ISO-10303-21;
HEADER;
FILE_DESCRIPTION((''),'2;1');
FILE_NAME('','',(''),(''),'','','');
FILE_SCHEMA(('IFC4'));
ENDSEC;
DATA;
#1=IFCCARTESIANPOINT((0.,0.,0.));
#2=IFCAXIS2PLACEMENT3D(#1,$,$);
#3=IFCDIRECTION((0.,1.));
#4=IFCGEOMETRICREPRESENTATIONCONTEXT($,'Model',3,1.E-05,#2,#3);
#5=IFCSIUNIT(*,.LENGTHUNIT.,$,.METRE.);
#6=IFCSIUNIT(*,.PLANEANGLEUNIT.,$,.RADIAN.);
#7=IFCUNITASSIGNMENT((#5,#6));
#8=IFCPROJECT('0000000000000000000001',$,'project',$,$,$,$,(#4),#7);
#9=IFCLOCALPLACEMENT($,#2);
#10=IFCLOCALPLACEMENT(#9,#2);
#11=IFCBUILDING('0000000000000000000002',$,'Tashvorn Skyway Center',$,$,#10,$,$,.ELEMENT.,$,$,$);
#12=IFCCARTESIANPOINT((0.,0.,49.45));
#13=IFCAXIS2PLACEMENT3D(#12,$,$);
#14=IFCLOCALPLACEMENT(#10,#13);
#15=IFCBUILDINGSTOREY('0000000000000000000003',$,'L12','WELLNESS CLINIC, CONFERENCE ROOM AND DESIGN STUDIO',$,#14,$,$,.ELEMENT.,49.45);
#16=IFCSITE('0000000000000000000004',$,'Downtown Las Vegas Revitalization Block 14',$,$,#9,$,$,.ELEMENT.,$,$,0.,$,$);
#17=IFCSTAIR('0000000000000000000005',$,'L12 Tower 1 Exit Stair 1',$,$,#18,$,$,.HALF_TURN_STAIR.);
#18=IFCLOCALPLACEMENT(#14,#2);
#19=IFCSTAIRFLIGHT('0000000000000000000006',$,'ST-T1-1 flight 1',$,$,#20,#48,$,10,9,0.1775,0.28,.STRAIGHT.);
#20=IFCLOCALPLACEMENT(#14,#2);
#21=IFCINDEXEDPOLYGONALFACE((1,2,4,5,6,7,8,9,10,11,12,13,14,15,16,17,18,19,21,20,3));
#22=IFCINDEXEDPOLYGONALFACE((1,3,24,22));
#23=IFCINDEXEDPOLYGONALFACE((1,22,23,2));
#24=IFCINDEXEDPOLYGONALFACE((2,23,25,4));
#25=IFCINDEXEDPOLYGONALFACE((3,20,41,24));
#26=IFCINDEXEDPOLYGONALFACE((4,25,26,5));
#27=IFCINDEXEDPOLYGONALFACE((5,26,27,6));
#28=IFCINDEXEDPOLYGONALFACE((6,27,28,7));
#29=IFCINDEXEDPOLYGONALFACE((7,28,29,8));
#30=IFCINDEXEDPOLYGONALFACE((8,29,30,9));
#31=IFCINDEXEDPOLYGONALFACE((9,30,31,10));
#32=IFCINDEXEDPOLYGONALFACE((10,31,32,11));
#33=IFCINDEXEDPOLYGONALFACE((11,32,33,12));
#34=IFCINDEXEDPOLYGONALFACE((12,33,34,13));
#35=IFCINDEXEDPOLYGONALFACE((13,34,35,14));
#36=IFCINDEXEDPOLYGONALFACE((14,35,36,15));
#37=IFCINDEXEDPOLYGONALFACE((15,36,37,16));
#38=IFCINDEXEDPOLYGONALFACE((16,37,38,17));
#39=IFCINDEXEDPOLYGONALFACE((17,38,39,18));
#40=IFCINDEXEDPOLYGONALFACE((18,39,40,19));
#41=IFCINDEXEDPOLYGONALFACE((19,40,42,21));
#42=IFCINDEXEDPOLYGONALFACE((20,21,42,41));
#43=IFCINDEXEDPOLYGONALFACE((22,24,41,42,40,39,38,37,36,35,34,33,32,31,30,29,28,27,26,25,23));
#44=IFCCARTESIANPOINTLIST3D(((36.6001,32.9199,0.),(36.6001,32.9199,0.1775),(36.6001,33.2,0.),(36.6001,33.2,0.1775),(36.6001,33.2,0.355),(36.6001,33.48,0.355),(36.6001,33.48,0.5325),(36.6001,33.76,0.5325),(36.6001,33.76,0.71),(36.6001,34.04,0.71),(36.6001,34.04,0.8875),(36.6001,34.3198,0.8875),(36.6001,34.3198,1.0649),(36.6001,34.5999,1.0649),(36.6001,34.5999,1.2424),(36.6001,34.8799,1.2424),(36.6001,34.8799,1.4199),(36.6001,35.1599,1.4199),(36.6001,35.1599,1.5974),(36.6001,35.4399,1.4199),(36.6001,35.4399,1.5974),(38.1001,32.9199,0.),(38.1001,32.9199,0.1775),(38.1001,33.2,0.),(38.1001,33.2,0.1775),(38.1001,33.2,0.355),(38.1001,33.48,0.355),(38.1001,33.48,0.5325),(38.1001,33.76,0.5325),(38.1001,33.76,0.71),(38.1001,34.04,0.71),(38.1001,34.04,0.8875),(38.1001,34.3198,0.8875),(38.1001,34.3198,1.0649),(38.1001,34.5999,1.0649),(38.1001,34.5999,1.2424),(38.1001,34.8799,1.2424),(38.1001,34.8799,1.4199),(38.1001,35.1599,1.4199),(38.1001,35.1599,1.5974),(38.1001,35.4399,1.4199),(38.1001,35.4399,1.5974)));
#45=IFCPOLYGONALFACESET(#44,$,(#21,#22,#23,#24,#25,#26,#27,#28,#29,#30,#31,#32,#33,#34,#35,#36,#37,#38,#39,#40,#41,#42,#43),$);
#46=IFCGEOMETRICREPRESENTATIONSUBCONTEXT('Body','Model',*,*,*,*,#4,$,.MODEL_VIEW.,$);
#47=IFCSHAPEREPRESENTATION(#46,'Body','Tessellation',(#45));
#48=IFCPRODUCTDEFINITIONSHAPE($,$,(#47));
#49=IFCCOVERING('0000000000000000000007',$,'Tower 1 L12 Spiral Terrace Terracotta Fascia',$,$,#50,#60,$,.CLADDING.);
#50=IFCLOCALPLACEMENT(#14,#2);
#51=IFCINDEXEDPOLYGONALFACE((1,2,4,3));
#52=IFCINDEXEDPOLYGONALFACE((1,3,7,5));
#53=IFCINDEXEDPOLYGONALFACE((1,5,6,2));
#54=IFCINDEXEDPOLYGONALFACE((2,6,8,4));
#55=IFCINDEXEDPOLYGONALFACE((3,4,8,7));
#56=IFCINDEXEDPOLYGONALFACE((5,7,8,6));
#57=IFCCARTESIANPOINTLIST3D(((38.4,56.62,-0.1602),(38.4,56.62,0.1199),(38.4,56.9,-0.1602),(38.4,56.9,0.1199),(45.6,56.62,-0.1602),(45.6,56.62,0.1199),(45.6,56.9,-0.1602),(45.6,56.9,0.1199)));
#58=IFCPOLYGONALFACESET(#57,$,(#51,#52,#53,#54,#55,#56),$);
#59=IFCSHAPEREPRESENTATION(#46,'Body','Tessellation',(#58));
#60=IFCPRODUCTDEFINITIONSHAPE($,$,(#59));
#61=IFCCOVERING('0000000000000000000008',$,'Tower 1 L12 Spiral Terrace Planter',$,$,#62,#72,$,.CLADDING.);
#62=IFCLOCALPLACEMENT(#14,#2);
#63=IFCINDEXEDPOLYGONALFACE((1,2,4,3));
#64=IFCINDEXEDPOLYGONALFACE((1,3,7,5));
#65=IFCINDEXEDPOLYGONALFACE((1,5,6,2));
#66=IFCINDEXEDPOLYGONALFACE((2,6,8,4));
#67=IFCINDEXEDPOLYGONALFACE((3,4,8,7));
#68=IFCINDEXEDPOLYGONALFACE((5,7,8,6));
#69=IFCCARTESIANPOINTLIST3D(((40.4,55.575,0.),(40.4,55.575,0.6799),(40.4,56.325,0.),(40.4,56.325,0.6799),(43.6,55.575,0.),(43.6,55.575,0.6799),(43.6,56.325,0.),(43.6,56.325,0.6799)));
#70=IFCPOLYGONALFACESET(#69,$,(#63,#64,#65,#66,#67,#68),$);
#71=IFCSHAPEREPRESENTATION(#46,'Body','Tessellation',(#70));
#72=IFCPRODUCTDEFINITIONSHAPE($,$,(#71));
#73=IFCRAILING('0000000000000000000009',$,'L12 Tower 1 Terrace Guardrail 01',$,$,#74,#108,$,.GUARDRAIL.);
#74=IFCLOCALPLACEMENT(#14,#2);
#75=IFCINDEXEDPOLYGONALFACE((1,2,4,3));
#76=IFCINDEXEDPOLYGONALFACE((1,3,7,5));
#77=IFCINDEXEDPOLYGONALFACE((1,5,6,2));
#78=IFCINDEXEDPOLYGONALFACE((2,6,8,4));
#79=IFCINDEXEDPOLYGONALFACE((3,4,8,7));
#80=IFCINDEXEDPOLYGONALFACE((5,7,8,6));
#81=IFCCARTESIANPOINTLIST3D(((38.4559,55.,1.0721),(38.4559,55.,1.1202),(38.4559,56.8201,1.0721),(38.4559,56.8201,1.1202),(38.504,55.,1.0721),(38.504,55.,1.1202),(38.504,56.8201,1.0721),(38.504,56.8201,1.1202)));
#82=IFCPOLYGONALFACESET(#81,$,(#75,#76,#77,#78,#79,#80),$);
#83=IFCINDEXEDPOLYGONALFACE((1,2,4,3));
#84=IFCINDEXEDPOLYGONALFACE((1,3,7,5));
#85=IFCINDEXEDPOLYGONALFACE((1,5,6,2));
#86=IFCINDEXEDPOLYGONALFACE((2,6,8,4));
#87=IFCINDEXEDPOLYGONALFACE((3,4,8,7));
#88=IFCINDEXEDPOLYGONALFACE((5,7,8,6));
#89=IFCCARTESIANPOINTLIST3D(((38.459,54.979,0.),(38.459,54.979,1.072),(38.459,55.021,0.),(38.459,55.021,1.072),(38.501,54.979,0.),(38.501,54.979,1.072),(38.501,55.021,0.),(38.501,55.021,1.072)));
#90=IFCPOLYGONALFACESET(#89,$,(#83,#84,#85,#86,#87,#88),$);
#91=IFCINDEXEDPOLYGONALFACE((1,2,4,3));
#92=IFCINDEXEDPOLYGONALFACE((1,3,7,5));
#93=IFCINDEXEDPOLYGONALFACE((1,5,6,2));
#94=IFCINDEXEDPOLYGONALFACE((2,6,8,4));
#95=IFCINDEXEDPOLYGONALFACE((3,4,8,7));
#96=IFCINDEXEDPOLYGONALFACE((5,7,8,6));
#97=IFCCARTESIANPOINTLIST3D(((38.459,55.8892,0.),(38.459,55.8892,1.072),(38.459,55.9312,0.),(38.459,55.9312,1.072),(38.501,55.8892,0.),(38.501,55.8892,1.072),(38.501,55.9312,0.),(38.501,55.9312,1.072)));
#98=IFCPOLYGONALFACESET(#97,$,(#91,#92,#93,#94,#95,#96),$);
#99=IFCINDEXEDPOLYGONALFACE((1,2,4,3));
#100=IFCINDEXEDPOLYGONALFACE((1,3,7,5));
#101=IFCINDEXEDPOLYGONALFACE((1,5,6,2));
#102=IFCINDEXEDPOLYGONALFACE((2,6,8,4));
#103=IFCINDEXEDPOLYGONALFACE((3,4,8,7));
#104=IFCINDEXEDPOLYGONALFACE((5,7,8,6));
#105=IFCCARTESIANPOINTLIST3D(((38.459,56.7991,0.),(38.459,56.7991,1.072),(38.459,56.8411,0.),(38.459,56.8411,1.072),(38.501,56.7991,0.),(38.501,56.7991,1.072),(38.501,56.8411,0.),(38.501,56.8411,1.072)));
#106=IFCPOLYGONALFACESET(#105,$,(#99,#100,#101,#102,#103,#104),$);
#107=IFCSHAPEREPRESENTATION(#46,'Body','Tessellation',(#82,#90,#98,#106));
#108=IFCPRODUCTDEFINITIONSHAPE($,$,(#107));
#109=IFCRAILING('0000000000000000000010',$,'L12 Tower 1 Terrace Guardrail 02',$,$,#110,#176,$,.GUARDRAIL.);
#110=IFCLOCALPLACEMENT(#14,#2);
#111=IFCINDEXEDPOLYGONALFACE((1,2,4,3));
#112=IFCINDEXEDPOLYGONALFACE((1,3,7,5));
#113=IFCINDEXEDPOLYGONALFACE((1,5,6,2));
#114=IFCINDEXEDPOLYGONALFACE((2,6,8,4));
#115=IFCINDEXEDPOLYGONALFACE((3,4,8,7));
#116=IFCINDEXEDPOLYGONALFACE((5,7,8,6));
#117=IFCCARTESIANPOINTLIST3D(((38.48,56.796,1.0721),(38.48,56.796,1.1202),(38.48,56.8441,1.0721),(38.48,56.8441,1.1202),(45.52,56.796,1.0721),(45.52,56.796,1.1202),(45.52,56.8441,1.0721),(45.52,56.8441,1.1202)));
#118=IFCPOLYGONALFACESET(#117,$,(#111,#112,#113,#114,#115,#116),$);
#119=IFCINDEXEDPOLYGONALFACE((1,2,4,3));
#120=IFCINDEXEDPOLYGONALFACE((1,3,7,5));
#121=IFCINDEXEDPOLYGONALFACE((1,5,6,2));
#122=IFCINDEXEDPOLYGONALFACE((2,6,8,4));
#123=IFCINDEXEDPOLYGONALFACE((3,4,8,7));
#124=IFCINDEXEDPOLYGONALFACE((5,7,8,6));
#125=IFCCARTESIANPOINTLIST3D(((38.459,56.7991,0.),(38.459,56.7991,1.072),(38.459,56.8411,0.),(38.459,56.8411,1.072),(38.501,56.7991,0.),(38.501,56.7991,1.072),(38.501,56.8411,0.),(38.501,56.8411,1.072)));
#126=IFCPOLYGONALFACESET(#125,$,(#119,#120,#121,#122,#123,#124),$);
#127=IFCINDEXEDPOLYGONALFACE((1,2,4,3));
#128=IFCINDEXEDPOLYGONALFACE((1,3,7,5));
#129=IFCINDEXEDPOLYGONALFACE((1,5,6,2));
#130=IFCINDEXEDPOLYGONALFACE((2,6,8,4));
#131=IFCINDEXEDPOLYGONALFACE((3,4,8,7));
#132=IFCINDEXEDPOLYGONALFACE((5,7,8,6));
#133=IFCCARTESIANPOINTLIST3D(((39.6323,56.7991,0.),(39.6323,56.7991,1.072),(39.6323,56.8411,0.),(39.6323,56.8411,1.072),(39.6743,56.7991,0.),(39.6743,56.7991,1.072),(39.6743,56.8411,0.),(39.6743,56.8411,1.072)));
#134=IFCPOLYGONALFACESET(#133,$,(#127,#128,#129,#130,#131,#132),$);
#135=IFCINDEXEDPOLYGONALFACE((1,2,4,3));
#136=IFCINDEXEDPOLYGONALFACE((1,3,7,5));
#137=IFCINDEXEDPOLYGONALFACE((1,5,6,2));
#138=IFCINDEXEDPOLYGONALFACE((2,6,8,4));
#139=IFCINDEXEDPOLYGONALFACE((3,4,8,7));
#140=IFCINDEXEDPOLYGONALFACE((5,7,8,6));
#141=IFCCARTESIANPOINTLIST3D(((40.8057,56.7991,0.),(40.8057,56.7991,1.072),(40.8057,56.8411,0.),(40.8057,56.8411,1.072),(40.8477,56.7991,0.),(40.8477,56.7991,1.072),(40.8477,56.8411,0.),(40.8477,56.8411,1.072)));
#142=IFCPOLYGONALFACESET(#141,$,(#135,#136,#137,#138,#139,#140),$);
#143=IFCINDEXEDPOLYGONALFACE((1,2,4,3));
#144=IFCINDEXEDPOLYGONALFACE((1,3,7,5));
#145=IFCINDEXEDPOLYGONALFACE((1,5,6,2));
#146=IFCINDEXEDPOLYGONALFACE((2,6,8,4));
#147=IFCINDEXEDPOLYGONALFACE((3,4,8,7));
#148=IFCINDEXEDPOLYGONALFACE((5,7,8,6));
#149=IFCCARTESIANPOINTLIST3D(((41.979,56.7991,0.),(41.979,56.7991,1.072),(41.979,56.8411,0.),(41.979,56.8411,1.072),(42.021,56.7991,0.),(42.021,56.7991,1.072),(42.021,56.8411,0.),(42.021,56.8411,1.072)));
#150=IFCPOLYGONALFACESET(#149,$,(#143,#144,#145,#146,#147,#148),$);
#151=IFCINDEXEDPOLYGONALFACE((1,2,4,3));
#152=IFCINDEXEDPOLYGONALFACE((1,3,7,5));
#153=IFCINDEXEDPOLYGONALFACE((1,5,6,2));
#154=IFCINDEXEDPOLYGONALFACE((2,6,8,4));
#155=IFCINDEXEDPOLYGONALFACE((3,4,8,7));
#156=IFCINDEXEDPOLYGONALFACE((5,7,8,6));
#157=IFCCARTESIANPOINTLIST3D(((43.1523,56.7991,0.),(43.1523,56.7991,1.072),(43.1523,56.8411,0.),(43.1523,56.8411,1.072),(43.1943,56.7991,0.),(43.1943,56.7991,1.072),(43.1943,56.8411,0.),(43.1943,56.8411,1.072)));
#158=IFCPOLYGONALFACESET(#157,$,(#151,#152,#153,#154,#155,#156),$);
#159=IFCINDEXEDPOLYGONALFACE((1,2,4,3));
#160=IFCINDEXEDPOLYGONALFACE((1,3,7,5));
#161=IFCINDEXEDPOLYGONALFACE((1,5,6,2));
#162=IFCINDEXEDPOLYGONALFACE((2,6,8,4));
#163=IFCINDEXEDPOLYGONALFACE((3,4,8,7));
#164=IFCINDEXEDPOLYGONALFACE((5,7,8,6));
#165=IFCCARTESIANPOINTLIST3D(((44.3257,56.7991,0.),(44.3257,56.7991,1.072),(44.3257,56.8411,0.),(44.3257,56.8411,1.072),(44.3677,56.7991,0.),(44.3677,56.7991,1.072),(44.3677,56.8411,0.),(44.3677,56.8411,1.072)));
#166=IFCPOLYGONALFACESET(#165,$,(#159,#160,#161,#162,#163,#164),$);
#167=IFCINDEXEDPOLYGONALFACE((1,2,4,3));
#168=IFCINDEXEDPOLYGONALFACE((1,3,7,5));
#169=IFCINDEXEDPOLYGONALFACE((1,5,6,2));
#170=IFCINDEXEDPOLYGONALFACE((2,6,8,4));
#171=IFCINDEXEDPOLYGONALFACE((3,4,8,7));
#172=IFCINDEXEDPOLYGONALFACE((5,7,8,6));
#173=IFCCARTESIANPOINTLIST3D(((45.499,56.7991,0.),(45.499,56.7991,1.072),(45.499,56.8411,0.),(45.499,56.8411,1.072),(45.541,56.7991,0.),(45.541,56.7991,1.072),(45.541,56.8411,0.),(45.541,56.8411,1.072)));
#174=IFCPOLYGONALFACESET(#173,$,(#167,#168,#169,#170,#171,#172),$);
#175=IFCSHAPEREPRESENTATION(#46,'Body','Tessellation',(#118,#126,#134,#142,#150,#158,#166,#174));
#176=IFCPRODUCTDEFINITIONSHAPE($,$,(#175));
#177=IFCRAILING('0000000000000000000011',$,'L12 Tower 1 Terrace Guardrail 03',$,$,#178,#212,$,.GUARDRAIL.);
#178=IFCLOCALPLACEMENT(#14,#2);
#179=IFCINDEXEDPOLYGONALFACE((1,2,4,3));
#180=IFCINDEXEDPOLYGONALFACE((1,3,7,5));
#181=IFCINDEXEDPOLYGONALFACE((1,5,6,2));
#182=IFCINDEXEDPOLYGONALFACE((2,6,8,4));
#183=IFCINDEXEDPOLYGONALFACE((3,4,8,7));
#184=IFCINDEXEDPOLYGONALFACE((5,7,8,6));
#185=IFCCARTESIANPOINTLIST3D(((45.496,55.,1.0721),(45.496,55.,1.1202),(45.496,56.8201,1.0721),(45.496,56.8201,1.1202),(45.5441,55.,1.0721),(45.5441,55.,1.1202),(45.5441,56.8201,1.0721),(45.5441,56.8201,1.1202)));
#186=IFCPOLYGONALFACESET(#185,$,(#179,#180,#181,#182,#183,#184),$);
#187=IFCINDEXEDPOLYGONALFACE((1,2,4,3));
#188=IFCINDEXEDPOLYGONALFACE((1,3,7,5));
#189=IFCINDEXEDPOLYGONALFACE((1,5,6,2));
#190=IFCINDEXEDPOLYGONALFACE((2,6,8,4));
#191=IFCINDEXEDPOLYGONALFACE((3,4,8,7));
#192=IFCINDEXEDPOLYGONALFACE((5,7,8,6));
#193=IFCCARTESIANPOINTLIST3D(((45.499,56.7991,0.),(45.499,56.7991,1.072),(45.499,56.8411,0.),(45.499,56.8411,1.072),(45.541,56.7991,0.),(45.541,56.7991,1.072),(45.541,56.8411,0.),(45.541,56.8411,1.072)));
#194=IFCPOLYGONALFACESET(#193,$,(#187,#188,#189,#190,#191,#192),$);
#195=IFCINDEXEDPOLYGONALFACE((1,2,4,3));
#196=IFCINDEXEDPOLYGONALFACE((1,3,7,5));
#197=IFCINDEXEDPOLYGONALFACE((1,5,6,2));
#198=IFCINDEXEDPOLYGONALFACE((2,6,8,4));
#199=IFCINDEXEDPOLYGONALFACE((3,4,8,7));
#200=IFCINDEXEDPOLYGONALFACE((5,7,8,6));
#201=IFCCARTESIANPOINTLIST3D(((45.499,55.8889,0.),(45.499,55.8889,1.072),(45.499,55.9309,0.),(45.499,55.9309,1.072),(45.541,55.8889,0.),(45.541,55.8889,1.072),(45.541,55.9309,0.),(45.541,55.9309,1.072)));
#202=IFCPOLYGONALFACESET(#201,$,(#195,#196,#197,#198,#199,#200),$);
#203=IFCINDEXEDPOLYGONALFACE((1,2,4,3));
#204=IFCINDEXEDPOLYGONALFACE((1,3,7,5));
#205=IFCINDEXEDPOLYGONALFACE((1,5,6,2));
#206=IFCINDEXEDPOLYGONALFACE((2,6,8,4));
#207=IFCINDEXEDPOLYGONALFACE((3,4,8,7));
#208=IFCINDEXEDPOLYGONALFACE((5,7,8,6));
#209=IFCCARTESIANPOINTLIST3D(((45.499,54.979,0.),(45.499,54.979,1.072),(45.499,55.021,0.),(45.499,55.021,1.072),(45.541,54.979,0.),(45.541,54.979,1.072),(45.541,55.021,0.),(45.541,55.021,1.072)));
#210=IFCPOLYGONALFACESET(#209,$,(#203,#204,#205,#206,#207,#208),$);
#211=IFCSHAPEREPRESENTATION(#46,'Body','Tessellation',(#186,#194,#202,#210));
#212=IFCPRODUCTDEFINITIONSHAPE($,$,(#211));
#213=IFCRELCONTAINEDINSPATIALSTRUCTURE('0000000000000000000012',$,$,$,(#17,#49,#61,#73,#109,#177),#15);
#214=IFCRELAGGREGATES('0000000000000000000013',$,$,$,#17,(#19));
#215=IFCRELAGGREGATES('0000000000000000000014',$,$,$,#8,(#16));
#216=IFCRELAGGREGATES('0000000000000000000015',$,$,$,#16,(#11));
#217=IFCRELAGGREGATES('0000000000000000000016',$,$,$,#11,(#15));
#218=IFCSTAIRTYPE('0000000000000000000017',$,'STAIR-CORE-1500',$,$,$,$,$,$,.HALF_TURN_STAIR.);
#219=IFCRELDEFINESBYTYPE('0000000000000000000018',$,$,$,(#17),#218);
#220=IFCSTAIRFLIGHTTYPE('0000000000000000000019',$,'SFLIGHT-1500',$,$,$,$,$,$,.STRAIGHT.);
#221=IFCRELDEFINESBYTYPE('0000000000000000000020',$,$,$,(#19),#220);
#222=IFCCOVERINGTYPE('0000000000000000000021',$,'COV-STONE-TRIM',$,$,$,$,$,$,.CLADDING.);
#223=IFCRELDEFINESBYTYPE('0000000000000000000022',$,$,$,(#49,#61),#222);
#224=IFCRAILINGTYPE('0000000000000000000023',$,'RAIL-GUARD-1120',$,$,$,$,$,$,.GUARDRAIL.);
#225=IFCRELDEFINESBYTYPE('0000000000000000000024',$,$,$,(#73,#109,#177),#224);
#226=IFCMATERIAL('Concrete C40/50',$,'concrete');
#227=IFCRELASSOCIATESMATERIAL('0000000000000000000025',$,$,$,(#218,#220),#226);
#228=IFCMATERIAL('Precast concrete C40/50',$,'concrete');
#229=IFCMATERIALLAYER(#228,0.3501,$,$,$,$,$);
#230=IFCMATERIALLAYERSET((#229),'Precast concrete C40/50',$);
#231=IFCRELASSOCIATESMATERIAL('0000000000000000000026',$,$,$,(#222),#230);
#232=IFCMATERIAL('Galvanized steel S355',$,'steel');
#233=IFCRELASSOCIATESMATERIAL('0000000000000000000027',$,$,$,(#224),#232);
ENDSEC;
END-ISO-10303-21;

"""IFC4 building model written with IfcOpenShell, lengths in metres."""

from ifc_helpers import new_model, si_unit, direction, frame, origin, origin_2d, place, context, subcontext, project, spatial, polyline, rectangle, outline, extrude, material, layer, layer_set, type_object, element, aggregate, save


model = new_model("IFC4")

# Units and contexts
model_context = context("Model", 3, precision=1e-05, world=origin(), true_north=direction((0.0, 1.0)))
body_context = subcontext(model_context, "Body", "Model", "MODEL_VIEW")
ifc_project = project(units=[si_unit("LENGTHUNIT", "METRE"), si_unit("PLANEANGLEUNIT", "RADIAN")], contexts=[model_context])

# Site, building, storey
site_placement = place(None, origin())
site = spatial("IfcSite", under=ifc_project, at=site_placement, Name="Downtown Las Vegas Revitalization Block 14", CompositionType="ELEMENT", RefElevation=0.0)
building_placement = place(site_placement, origin())
building = spatial("IfcBuilding", under=site, at=building_placement, Name="Tashvorn Skyway Center", CompositionType="ELEMENT")
storey_placement = place(building_placement, frame((0.0, 0.0, 49.45)))
storey = spatial("IfcBuildingStorey", under=building, at=storey_placement, Name="L12", Description="WELLNESS CLINIC, CONFERENCE ROOM AND DESIGN STUDIO", CompositionType="ELEMENT", Elevation=49.45)

# Shared definitions
ifc_material_1 = material(Name="Precast concrete C40/50", Category="concrete")

# Shared definitions
ifc_material_2 = material(Name="Concrete C40/50", Category="concrete")

# Stair, stair flight
stair_type = type_object("IfcStairType", Name="STAIR-CORE-1500", PredefinedType="HALF_TURN_STAIR", material=ifc_material_2)
stair_placement = place(storey_placement, origin())
stair = element("IfcStair", 1, at=stair_placement, inside=storey, type_object=stair_type, Name="L12 Tower 1 Exit Stair 1", PredefinedType="HALF_TURN_STAIR")
stair_flight_type = type_object("IfcStairFlightType", Name="SFLIGHT-1500", PredefinedType="STRAIGHT", material=ifc_material_2)
stair_flight_placement = place(storey_placement, frame((37.3501, 32.9199, 0.0), z_axis=(0.0, 0.0, 1.0), x_axis=(0.0, 1.0, 0.0)))
stair_flight = element("IfcStairFlight", 2, at=stair_flight_placement, type_object=stair_flight_type, Name="ST-T1-1 flight 1", NumberOfRisers=10, NumberOfTreads=9, PredefinedType="STRAIGHT", RiserHeight=0.1775, TreadLength=0.28, context=body_context, shape_type="SweptSolid", body=[
    extrude(outline(polyline([(0.0, 0.0), (0.0, 0.1775), (0.28, 0.1775), (0.28, 0.355), (0.5601, 0.355), (0.5601, 0.5325), (0.8401, 0.5325), (0.8401, 0.71), (1.1201, 0.71), (1.1201, 0.8875), (1.3999, 0.8875), (1.3999, 1.0649), (1.6799, 1.0649), (1.6799, 1.2424), (1.96, 1.2424), (1.96, 1.4199), (2.24, 1.4199), (2.24, 1.5974), (2.52, 1.5974), (2.52, 1.7749), (2.52, 1.4199), (0.28, 0.0), (0.0, 0.0)])), frame((0.0, 0.75, 0.0), z_axis=(0.0, -1.0, 0.0), x_axis=(1.0, 0.0, 0.0)), (0.0, 0.0, 1.0), 1.5),
])
aggregate(stair, [stair_flight])

# Coverings
ifc_layer_1 = layer(ifc_material_1, 0.3501)
ifc_layer_set_1 = layer_set([ifc_layer_1], Name="Precast concrete C40/50")
covering_type = type_object("IfcCoveringType", Name="COV-STONE-TRIM", PredefinedType="CLADDING", material=ifc_layer_set_1)
covering_1_placement = place(storey_placement, frame((42.0, 56.76, -0.1602), z_axis=(0.0, 0.0, 1.0), x_axis=(1.0, 0.0, 0.0)))
element("IfcCovering", 3, at=covering_1_placement, inside=storey, type_object=covering_type, Name="Tower 1 L12 Spiral Terrace Terracotta Fascia", PredefinedType="CLADDING", context=body_context, shape_type="SweptSolid", body=[
    extrude(rectangle(XDim=7.2, YDim=0.28, at=origin_2d()), origin(), (0.0, 0.0, 1.0), 0.28),
])
covering_2_placement = place(storey_placement, frame((42.0, 55.95, 0.0), z_axis=(0.0, 0.0, 1.0), x_axis=(1.0, 0.0, 0.0)))
element("IfcCovering", 4, at=covering_2_placement, inside=storey, type_object=covering_type, Name="Tower 1 L12 Spiral Terrace Planter", PredefinedType="CLADDING", context=body_context, shape_type="SweptSolid", body=[
    extrude(rectangle(XDim=3.2, YDim=0.75, at=origin_2d()), origin(), (0.0, 0.0, 1.0), 0.6799),
])

# Railings
ifc_material_3 = material(Name="Galvanized steel S355", Category="steel")
railing_type_1 = type_object("IfcRailingType", Name="RAIL-GUARD-1120", PredefinedType="GUARDRAIL", material=ifc_material_3)
railing_1_placement = place(storey_placement, frame((38.48, 55.0, 0.0)))
element("IfcRailing", 5, at=railing_1_placement, inside=storey, type_object=railing_type_1, Name="L12 Tower 1 Terrace Guardrail 01", PredefinedType="GUARDRAIL", context=body_context, shape_type="SweptSolid", body=[
    extrude(rectangle(XDim=0.0481, YDim=0.0481, at=origin_2d()), frame((0.0, 0.0, 1.0962), z_axis=(0.0, 1.0, 0.0), x_axis=(-1.0, 0.0, 0.0)), (0.0, 0.0, 1.0), 1.8201),
    extrude(rectangle(XDim=0.042, YDim=0.042, at=origin_2d()), origin(), (0.0, 0.0, 1.0), 1.072),
    extrude(rectangle(XDim=0.042, YDim=0.042, at=origin_2d()), frame((0.0, 0.9102, 0.0)), (0.0, 0.0, 1.0), 1.072),
    extrude(rectangle(XDim=0.042, YDim=0.042, at=origin_2d()), frame((0.0, 1.8201, 0.0)), (0.0, 0.0, 1.0), 1.072),
])
railing_2_placement = place(storey_placement, frame((38.48, 56.8201, 0.0)))
element("IfcRailing", 6, at=railing_2_placement, inside=storey, type_object=railing_type_1, Name="L12 Tower 1 Terrace Guardrail 02", PredefinedType="GUARDRAIL", context=body_context, shape_type="SweptSolid", body=[
    extrude(rectangle(XDim=0.0481, YDim=0.0481, at=origin_2d()), frame((0.0, 0.0, 1.0962), z_axis=(1.0, 0.0, 0.0), x_axis=(0.0, 1.0, 0.0)), (0.0, 0.0, 1.0), 7.04),
    extrude(rectangle(XDim=0.042, YDim=0.042, at=origin_2d()), origin(), (0.0, 0.0, 1.0), 1.072),
    extrude(rectangle(XDim=0.042, YDim=0.042, at=origin_2d()), frame((1.1733, 0.0, 0.0)), (0.0, 0.0, 1.0), 1.072),
    extrude(rectangle(XDim=0.042, YDim=0.042, at=origin_2d()), frame((2.3467, 0.0, 0.0)), (0.0, 0.0, 1.0), 1.072),
    extrude(rectangle(XDim=0.042, YDim=0.042, at=origin_2d()), frame((3.52, 0.0, 0.0)), (0.0, 0.0, 1.0), 1.072),
    extrude(rectangle(XDim=0.042, YDim=0.042, at=origin_2d()), frame((4.6934, 0.0, 0.0)), (0.0, 0.0, 1.0), 1.072),
    extrude(rectangle(XDim=0.042, YDim=0.042, at=origin_2d()), frame((5.8667, 0.0, 0.0)), (0.0, 0.0, 1.0), 1.072),
    extrude(rectangle(XDim=0.042, YDim=0.042, at=origin_2d()), frame((7.04, 0.0, 0.0)), (0.0, 0.0, 1.0), 1.072),
])
railing_3_placement = place(storey_placement, frame((45.52, 56.8201, 0.0)))
element("IfcRailing", 7, at=railing_3_placement, inside=storey, type_object=railing_type_1, Name="L12 Tower 1 Terrace Guardrail 03", PredefinedType="GUARDRAIL", context=body_context, shape_type="SweptSolid", body=[
    extrude(rectangle(XDim=0.0481, YDim=0.0481, at=origin_2d()), frame((0.0, 0.0, 1.0962), z_axis=(0.0, -1.0, 0.0), x_axis=(1.0, 0.0, 0.0)), (0.0, 0.0, 1.0), 1.8201),
    extrude(rectangle(XDim=0.042, YDim=0.042, at=origin_2d()), origin(), (0.0, 0.0, 1.0), 1.072),
    extrude(rectangle(XDim=0.042, YDim=0.042, at=origin_2d()), frame((0.0, -0.9102, 0.0)), (0.0, 0.0, 1.0), 1.072),
    extrude(rectangle(XDim=0.042, YDim=0.042, at=origin_2d()), frame((0.0, -1.8201, 0.0)), (0.0, 0.0, 1.0), 1.072),
])

save(model, "model.ifc")
